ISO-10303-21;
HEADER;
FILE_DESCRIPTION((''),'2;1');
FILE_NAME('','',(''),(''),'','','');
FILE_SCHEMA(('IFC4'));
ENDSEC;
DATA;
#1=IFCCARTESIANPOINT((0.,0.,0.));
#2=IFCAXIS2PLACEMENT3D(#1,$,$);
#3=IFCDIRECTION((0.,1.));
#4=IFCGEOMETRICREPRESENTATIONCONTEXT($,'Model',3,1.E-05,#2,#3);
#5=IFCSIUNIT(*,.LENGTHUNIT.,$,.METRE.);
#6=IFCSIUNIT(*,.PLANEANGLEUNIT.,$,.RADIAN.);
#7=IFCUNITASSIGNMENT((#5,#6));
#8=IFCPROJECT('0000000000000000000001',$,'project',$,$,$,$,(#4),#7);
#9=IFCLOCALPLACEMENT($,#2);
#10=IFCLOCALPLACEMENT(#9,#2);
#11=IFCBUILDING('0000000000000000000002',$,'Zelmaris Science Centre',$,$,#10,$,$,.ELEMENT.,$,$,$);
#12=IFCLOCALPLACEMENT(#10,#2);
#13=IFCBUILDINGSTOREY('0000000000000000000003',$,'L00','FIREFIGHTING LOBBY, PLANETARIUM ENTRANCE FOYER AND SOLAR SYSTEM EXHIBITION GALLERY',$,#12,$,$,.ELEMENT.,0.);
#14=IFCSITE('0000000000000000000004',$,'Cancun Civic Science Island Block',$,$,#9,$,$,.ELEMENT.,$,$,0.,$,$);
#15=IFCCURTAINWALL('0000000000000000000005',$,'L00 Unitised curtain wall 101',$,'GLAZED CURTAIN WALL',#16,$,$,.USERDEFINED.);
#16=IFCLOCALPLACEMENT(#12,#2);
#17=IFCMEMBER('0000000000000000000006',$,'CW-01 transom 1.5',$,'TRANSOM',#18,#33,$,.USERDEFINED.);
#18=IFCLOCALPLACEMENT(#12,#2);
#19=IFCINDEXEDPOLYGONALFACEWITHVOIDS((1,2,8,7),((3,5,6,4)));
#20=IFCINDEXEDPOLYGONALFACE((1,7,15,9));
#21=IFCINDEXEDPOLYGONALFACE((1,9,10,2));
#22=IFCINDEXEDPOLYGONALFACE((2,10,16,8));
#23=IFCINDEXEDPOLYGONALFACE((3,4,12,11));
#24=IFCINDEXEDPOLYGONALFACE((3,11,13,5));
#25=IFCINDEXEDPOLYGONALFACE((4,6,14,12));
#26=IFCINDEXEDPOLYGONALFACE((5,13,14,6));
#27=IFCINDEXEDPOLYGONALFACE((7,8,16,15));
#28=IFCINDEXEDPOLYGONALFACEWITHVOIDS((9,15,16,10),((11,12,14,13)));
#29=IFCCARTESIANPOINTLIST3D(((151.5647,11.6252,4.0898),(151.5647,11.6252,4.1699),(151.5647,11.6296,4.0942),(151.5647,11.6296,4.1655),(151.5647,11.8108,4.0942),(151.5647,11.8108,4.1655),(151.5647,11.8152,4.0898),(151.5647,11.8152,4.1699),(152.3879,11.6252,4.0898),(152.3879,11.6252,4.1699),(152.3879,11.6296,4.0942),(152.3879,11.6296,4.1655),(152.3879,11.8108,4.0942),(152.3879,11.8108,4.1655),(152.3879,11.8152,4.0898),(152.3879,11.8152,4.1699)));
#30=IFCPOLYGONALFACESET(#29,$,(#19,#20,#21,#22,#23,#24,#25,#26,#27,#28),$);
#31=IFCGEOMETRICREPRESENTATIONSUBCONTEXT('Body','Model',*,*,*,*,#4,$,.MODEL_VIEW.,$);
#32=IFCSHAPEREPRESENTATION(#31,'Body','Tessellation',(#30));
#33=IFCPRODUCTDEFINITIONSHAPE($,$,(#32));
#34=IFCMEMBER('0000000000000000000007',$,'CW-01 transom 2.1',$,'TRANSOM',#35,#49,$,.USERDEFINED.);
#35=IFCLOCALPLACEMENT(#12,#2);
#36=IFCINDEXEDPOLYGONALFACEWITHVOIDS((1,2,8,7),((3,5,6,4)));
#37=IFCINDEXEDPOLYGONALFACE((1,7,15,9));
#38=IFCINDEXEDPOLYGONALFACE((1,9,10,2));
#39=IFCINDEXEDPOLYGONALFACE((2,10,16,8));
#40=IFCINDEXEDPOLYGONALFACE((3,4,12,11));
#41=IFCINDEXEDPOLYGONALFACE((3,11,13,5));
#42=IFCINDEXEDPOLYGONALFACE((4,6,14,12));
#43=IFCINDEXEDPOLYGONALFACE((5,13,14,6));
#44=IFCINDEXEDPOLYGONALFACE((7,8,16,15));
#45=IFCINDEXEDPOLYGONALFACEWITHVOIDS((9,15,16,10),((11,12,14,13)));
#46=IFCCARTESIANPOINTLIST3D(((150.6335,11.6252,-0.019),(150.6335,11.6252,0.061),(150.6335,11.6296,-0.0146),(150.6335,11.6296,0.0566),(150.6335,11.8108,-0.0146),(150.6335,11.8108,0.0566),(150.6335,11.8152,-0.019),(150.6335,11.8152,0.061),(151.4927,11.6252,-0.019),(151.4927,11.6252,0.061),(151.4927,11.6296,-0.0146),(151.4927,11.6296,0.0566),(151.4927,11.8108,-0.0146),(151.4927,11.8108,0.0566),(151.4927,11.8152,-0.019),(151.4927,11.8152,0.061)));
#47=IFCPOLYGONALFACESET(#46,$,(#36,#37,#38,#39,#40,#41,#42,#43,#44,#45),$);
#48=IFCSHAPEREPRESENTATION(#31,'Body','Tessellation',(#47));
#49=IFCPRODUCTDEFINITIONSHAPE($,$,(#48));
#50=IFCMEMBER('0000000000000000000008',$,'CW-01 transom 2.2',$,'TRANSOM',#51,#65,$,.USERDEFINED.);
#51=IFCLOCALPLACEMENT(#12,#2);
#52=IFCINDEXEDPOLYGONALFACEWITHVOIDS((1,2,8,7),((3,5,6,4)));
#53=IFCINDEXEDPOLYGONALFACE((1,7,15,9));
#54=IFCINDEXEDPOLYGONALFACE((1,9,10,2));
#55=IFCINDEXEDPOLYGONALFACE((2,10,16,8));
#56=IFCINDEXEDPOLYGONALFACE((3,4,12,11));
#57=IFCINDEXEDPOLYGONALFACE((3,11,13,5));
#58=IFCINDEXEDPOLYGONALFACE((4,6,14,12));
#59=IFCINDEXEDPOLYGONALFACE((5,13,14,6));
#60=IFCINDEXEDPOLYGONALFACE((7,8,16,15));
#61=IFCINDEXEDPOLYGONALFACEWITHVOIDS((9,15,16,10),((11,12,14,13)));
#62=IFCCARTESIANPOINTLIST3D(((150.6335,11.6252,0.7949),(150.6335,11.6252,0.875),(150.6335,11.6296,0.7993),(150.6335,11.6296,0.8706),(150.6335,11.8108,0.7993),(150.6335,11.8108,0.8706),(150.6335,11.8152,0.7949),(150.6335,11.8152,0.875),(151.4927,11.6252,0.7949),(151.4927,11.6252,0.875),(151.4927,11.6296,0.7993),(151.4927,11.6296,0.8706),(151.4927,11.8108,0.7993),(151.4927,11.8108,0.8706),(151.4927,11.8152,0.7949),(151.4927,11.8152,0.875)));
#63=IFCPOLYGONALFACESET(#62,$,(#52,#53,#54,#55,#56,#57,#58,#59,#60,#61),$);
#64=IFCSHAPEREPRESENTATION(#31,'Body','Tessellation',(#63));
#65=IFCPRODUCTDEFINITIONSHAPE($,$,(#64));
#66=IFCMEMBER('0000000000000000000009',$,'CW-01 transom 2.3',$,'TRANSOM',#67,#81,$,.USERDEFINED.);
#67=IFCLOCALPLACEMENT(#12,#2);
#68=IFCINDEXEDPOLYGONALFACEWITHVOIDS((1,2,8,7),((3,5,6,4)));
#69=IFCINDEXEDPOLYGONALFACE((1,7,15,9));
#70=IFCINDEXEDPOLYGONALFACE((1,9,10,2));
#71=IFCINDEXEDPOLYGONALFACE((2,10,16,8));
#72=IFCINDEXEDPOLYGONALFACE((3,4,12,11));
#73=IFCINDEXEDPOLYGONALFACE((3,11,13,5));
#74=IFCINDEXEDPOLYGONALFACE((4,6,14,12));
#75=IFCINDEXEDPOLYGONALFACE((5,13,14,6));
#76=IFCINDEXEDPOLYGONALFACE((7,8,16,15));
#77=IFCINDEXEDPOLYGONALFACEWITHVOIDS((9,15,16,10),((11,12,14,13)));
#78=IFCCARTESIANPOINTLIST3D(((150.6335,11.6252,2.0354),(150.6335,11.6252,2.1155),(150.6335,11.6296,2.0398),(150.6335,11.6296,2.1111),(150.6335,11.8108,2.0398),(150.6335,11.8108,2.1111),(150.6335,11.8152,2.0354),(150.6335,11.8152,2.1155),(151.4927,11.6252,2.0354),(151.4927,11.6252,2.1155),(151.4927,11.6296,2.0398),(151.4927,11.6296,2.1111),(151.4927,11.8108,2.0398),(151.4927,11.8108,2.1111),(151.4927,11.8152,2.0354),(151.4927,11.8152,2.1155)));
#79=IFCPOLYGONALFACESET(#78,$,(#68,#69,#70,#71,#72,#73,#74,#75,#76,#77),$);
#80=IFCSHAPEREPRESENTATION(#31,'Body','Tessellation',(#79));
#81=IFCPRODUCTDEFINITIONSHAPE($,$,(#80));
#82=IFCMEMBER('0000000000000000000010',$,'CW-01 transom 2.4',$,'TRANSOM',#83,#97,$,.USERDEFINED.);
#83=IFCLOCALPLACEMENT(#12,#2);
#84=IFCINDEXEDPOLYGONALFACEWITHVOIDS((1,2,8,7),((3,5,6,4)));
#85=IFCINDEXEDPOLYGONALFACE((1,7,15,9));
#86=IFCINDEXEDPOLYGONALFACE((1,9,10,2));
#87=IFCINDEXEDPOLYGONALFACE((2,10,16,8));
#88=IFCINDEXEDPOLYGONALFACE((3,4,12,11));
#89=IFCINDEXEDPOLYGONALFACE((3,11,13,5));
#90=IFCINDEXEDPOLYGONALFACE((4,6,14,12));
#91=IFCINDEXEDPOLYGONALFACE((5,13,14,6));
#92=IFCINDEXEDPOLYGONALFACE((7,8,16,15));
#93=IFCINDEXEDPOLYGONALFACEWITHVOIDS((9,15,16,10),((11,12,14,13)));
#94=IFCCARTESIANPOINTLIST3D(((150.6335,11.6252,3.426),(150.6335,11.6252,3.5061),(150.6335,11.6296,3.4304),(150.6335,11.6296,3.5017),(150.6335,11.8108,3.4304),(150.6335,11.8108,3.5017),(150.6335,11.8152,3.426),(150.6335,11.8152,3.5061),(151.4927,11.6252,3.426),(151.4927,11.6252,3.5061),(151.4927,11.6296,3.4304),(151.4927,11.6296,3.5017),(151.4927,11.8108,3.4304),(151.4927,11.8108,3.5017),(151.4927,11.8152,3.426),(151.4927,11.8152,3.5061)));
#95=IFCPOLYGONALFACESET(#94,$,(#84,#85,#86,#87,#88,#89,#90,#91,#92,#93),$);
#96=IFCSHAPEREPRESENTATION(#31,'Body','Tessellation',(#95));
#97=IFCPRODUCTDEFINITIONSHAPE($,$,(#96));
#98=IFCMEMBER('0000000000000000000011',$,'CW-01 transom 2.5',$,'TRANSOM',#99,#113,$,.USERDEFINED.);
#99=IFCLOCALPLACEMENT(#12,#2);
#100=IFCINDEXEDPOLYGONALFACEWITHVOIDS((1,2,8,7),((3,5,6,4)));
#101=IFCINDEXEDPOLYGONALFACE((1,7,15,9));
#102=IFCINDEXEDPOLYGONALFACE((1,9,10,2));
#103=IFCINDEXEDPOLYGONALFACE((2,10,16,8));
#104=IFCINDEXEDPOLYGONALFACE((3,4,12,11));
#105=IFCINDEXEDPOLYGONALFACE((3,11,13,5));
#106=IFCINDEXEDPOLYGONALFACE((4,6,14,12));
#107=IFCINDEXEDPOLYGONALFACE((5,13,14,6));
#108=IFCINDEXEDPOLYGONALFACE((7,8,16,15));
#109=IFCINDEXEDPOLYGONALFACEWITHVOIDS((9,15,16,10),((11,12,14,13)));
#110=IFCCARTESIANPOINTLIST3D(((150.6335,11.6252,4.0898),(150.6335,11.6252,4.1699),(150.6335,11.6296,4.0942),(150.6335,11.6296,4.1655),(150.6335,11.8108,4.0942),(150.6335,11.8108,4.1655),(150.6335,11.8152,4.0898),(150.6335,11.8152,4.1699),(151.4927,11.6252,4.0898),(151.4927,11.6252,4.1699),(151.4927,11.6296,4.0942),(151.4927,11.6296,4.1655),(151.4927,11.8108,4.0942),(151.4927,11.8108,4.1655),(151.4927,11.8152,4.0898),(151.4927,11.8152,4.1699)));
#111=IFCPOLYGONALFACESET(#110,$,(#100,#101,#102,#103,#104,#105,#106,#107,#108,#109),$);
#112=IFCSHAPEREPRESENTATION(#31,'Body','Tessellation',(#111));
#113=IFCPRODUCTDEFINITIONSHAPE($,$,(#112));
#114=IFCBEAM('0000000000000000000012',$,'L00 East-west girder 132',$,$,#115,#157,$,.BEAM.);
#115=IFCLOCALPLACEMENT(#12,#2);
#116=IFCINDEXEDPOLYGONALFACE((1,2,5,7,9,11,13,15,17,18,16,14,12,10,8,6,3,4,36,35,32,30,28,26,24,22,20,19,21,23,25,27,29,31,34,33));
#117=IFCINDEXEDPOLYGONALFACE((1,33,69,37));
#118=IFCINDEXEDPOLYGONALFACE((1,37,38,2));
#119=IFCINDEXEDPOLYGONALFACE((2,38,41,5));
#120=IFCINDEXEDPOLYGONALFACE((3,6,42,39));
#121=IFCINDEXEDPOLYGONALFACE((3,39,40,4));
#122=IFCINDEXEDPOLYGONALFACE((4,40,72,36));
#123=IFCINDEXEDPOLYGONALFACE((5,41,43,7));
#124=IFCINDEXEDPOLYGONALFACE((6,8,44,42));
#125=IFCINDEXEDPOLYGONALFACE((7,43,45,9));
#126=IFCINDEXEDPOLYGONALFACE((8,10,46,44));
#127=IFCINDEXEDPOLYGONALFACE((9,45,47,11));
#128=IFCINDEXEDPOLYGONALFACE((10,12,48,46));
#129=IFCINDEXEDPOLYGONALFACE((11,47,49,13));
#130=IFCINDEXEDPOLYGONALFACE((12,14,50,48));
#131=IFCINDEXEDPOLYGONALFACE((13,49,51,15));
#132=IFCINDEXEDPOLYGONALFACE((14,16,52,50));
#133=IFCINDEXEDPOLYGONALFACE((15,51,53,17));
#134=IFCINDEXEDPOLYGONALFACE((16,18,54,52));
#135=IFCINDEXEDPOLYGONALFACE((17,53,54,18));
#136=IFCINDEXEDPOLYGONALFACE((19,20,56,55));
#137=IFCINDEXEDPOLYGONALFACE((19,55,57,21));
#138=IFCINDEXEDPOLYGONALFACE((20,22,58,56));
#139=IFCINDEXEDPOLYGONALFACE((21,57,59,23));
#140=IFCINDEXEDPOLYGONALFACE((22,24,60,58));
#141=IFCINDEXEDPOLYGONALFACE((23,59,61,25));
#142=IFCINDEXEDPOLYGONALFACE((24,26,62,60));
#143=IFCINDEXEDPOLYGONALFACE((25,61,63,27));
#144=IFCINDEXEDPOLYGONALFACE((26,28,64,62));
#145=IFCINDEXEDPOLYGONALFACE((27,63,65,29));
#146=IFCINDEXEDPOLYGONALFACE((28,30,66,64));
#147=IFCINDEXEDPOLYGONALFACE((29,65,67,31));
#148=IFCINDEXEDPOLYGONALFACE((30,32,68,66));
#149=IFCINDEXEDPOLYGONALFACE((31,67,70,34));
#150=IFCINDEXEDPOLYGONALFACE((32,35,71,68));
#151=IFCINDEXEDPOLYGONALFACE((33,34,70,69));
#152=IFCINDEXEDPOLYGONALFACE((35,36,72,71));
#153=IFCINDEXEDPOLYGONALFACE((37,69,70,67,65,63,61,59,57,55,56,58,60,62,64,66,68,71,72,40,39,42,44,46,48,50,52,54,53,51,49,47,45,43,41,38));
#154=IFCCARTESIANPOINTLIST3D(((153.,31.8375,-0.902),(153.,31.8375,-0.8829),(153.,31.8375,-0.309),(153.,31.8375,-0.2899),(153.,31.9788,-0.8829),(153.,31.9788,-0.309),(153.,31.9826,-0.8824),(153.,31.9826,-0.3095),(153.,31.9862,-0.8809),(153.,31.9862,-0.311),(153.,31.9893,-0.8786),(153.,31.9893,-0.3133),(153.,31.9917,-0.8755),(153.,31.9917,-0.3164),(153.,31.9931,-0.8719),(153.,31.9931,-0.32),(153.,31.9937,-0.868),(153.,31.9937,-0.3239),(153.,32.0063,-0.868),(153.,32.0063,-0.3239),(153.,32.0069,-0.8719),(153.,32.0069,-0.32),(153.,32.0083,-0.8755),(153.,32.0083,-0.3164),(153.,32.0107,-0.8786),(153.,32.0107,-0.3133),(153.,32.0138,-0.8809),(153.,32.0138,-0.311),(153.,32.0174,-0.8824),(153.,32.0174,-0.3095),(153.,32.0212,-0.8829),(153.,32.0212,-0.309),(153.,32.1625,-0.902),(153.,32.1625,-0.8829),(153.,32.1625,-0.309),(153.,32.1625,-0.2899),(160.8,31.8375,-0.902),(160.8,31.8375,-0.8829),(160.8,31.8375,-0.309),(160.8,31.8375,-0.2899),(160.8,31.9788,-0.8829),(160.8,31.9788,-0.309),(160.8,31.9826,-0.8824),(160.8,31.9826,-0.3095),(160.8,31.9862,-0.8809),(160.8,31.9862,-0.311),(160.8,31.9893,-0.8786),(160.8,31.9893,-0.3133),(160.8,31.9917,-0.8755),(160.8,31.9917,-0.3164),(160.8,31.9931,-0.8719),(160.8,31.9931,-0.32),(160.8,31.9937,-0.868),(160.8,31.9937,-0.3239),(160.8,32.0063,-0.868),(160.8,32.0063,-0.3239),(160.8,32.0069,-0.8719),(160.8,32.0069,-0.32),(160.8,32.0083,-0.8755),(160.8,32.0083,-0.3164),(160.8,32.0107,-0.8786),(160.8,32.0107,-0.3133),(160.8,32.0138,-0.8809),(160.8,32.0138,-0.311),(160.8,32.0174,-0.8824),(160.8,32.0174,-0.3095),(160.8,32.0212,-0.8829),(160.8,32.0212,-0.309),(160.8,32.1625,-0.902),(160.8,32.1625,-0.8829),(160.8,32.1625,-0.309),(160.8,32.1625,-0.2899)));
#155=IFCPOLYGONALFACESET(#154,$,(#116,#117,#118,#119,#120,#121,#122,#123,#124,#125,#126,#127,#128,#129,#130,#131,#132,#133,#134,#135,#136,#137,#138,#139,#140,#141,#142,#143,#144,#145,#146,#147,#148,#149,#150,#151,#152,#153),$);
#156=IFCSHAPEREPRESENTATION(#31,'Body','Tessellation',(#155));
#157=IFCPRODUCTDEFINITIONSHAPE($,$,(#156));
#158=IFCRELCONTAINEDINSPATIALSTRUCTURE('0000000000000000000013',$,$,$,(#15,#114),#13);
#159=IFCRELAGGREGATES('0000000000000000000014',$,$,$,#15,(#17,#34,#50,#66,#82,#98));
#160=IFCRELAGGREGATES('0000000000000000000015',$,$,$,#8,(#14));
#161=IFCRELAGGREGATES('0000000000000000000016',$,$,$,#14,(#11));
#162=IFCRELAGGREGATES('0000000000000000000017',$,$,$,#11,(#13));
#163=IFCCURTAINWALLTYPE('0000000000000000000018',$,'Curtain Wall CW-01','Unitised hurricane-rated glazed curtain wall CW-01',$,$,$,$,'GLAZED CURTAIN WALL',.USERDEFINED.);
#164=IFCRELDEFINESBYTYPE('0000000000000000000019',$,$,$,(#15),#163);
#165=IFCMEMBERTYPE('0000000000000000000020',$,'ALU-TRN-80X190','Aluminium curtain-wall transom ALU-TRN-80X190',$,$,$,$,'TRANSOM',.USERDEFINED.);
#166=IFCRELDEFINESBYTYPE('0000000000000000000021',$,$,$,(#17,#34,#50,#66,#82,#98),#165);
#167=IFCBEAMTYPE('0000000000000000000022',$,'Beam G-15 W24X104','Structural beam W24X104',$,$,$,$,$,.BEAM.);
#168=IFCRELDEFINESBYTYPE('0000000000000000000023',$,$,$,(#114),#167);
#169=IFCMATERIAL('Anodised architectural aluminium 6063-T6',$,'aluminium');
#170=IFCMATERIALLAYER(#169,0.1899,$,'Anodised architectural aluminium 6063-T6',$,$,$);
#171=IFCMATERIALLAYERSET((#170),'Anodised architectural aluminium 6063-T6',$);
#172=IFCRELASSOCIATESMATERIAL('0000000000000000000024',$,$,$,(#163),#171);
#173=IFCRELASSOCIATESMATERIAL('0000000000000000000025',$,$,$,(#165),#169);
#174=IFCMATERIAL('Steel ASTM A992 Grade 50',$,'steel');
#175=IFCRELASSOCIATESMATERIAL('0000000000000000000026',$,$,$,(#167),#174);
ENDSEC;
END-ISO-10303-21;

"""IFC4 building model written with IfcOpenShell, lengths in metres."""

from ifc_helpers import new_model, si_unit, direction, frame, origin, origin_2d, place, context, subcontext, project, spatial, hollow_rectangle, i_section, extrude, material, layer, layer_set, material_profile, profile_set, type_object, element, aggregate, save


model = new_model("IFC4")

# Units and contexts
model_context = context("Model", 3, precision=1e-05, world=origin(), true_north=direction((0.0, 1.0)))
body_context = subcontext(model_context, "Body", "Model", "MODEL_VIEW")
ifc_project = project(units=[si_unit("LENGTHUNIT", "METRE"), si_unit("PLANEANGLEUNIT", "RADIAN")], contexts=[model_context])

# Site, building, storey
site_placement = place(None, origin())
site = spatial("IfcSite", under=ifc_project, at=site_placement, Name="Cancun Civic Science Island Block", CompositionType="ELEMENT", RefElevation=0.0)
building_placement = place(site_placement, origin())
building = spatial("IfcBuilding", under=site, at=building_placement, Name="Zelmaris Science Centre", CompositionType="ELEMENT")
storey_placement = place(building_placement, origin())
storey = spatial("IfcBuildingStorey", under=building, at=storey_placement, Name="L00", Description="FIREFIGHTING LOBBY, PLANETARIUM ENTRANCE FOYER AND SOLAR SYSTEM EXHIBITION GALLERY", CompositionType="ELEMENT", Elevation=0.0)

# Shared definitions
ifc_material_1 = material(Name="Steel ASTM A992 Grade 50", Category="steel")

# Curtain wall, members
ifc_material_2 = material(Name="Anodised architectural aluminium 6063-T6", Category="aluminium")
ifc_layer_1 = layer(ifc_material_2, 0.1899, Name="Anodised architectural aluminium 6063-T6")
ifc_layer_set_1 = layer_set([ifc_layer_1], Name="Anodised architectural aluminium 6063-T6")
curtain_wall_type = type_object("IfcCurtainWallType", Name="Curtain Wall CW-01", Description="Unitised hurricane-rated glazed curtain wall CW-01", ElementType="GLAZED CURTAIN WALL", PredefinedType="USERDEFINED", material=ifc_layer_set_1)
curtain_wall_placement = place(storey_placement, origin())
curtain_wall = element("IfcCurtainWall", 1, at=curtain_wall_placement, inside=storey, type_object=curtain_wall_type, Name="L00 Unitised curtain wall 101", ObjectType="GLAZED CURTAIN WALL", PredefinedType="USERDEFINED")
ifc_material_profile_1 = material_profile(ifc_material_2, hollow_rectangle(XDim=0.0801, YDim=0.1899, WallThickness=0.0044, at=origin_2d()), Name="ALU-TRN-80X190")
ifc_profile_set_1 = profile_set([ifc_material_profile_1], Name="Anodised architectural aluminium 6063-T6")
member_type_1 = type_object("IfcMemberType", Name="ALU-TRN-80X190", Description="Aluminium curtain-wall transom ALU-TRN-80X190", ElementType="TRANSOM", PredefinedType="USERDEFINED", material=ifc_profile_set_1)
member_1_placement = place(storey_placement, frame((152.3879, 11.7202, 4.1299), z_axis=(-1.0, 0.0, 0.0), x_axis=(0.0, 0.0, 1.0)))
member_1 = element("IfcMember", 2, at=member_1_placement, type_object=member_type_1, Name="CW-01 transom 1.5", ObjectType="TRANSOM", PredefinedType="USERDEFINED", context=body_context, shape_type="SweptSolid", body=[
    extrude(hollow_rectangle(XDim=0.0801, YDim=0.1899, WallThickness=0.0044, at=origin_2d()), origin(), (0.0, 0.0, 1.0), 0.8232),
])
member_2_placement = place(storey_placement, frame((151.4927, 11.7202, 0.021), z_axis=(-1.0, 0.0, 0.0), x_axis=(0.0, 0.0, 1.0)))
member_2 = element("IfcMember", 3, at=member_2_placement, type_object=member_type_1, Name="CW-01 transom 2.1", ObjectType="TRANSOM", PredefinedType="USERDEFINED", context=body_context, shape_type="SweptSolid", body=[
    extrude(hollow_rectangle(XDim=0.0801, YDim=0.1899, WallThickness=0.0044, at=origin_2d()), origin(), (0.0, 0.0, 1.0), 0.8591),
])
member_3_placement = place(storey_placement, frame((151.4927, 11.7202, 0.835), z_axis=(-1.0, 0.0, 0.0), x_axis=(0.0, 0.0, 1.0)))
member_3 = element("IfcMember", 4, at=member_3_placement, type_object=member_type_1, Name="CW-01 transom 2.2", ObjectType="TRANSOM", PredefinedType="USERDEFINED", context=body_context, shape_type="SweptSolid", body=[
    extrude(hollow_rectangle(XDim=0.0801, YDim=0.1899, WallThickness=0.0044, at=origin_2d()), origin(), (0.0, 0.0, 1.0), 0.8591),
])
member_4_placement = place(storey_placement, frame((151.4927, 11.7202, 2.0754), z_axis=(-1.0, 0.0, 0.0), x_axis=(0.0, 0.0, 1.0)))
member_4 = element("IfcMember", 5, at=member_4_placement, type_object=member_type_1, Name="CW-01 transom 2.3", ObjectType="TRANSOM", PredefinedType="USERDEFINED", context=body_context, shape_type="SweptSolid", body=[
    extrude(hollow_rectangle(XDim=0.0801, YDim=0.1899, WallThickness=0.0044, at=origin_2d()), origin(), (0.0, 0.0, 1.0), 0.8591),
])
member_5_placement = place(storey_placement, frame((151.4927, 11.7202, 3.4661), z_axis=(-1.0, 0.0, 0.0), x_axis=(0.0, 0.0, 1.0)))
member_5 = element("IfcMember", 6, at=member_5_placement, type_object=member_type_1, Name="CW-01 transom 2.4", ObjectType="TRANSOM", PredefinedType="USERDEFINED", context=body_context, shape_type="SweptSolid", body=[
    extrude(hollow_rectangle(XDim=0.0801, YDim=0.1899, WallThickness=0.0044, at=origin_2d()), origin(), (0.0, 0.0, 1.0), 0.8591),
])
member_6_placement = place(storey_placement, frame((151.4927, 11.7202, 4.1299), z_axis=(-1.0, 0.0, 0.0), x_axis=(0.0, 0.0, 1.0)))
member_6 = element("IfcMember", 7, at=member_6_placement, type_object=member_type_1, Name="CW-01 transom 2.5", ObjectType="TRANSOM", PredefinedType="USERDEFINED", context=body_context, shape_type="SweptSolid", body=[
    extrude(hollow_rectangle(XDim=0.0801, YDim=0.1899, WallThickness=0.0044, at=origin_2d()), origin(), (0.0, 0.0, 1.0), 0.8591),
])

# Beam
ifc_material_profile_2 = material_profile(ifc_material_1, i_section(OverallWidth=0.325, OverallDepth=0.6121, WebThickness=0.0127, FlangeThickness=0.019, FilletRadius=0.0149, at=origin_2d()), Name="W24X104")
ifc_profile_set_2 = profile_set([ifc_material_profile_2], Name="Steel ASTM A992 Grade 50")
beam_type_1 = type_object("IfcBeamType", Name="Beam G-15 W24X104", Description="Structural beam W24X104", PredefinedType="BEAM", material=ifc_profile_set_2)
beam_1_placement = place(storey_placement, frame((153.0, 32.0, -0.5959), z_axis=(1.0, 0.0, 0.0), x_axis=(0.0, 1.0, 0.0)))
element("IfcBeam", 8, at=beam_1_placement, inside=storey, type_object=beam_type_1, Name="L00 East-west girder 132", PredefinedType="BEAM", context=body_context, shape_type="SweptSolid", body=[
    extrude(i_section(OverallWidth=0.325, OverallDepth=0.6121, WebThickness=0.0127, FlangeThickness=0.019, FilletRadius=0.0149, at=origin_2d()), origin(), (0.0, 0.0, 1.0), 7.8),
])

aggregate(curtain_wall, [member_1, member_2, member_3, member_4, member_5, member_6])

save(model, "model.ifc")
